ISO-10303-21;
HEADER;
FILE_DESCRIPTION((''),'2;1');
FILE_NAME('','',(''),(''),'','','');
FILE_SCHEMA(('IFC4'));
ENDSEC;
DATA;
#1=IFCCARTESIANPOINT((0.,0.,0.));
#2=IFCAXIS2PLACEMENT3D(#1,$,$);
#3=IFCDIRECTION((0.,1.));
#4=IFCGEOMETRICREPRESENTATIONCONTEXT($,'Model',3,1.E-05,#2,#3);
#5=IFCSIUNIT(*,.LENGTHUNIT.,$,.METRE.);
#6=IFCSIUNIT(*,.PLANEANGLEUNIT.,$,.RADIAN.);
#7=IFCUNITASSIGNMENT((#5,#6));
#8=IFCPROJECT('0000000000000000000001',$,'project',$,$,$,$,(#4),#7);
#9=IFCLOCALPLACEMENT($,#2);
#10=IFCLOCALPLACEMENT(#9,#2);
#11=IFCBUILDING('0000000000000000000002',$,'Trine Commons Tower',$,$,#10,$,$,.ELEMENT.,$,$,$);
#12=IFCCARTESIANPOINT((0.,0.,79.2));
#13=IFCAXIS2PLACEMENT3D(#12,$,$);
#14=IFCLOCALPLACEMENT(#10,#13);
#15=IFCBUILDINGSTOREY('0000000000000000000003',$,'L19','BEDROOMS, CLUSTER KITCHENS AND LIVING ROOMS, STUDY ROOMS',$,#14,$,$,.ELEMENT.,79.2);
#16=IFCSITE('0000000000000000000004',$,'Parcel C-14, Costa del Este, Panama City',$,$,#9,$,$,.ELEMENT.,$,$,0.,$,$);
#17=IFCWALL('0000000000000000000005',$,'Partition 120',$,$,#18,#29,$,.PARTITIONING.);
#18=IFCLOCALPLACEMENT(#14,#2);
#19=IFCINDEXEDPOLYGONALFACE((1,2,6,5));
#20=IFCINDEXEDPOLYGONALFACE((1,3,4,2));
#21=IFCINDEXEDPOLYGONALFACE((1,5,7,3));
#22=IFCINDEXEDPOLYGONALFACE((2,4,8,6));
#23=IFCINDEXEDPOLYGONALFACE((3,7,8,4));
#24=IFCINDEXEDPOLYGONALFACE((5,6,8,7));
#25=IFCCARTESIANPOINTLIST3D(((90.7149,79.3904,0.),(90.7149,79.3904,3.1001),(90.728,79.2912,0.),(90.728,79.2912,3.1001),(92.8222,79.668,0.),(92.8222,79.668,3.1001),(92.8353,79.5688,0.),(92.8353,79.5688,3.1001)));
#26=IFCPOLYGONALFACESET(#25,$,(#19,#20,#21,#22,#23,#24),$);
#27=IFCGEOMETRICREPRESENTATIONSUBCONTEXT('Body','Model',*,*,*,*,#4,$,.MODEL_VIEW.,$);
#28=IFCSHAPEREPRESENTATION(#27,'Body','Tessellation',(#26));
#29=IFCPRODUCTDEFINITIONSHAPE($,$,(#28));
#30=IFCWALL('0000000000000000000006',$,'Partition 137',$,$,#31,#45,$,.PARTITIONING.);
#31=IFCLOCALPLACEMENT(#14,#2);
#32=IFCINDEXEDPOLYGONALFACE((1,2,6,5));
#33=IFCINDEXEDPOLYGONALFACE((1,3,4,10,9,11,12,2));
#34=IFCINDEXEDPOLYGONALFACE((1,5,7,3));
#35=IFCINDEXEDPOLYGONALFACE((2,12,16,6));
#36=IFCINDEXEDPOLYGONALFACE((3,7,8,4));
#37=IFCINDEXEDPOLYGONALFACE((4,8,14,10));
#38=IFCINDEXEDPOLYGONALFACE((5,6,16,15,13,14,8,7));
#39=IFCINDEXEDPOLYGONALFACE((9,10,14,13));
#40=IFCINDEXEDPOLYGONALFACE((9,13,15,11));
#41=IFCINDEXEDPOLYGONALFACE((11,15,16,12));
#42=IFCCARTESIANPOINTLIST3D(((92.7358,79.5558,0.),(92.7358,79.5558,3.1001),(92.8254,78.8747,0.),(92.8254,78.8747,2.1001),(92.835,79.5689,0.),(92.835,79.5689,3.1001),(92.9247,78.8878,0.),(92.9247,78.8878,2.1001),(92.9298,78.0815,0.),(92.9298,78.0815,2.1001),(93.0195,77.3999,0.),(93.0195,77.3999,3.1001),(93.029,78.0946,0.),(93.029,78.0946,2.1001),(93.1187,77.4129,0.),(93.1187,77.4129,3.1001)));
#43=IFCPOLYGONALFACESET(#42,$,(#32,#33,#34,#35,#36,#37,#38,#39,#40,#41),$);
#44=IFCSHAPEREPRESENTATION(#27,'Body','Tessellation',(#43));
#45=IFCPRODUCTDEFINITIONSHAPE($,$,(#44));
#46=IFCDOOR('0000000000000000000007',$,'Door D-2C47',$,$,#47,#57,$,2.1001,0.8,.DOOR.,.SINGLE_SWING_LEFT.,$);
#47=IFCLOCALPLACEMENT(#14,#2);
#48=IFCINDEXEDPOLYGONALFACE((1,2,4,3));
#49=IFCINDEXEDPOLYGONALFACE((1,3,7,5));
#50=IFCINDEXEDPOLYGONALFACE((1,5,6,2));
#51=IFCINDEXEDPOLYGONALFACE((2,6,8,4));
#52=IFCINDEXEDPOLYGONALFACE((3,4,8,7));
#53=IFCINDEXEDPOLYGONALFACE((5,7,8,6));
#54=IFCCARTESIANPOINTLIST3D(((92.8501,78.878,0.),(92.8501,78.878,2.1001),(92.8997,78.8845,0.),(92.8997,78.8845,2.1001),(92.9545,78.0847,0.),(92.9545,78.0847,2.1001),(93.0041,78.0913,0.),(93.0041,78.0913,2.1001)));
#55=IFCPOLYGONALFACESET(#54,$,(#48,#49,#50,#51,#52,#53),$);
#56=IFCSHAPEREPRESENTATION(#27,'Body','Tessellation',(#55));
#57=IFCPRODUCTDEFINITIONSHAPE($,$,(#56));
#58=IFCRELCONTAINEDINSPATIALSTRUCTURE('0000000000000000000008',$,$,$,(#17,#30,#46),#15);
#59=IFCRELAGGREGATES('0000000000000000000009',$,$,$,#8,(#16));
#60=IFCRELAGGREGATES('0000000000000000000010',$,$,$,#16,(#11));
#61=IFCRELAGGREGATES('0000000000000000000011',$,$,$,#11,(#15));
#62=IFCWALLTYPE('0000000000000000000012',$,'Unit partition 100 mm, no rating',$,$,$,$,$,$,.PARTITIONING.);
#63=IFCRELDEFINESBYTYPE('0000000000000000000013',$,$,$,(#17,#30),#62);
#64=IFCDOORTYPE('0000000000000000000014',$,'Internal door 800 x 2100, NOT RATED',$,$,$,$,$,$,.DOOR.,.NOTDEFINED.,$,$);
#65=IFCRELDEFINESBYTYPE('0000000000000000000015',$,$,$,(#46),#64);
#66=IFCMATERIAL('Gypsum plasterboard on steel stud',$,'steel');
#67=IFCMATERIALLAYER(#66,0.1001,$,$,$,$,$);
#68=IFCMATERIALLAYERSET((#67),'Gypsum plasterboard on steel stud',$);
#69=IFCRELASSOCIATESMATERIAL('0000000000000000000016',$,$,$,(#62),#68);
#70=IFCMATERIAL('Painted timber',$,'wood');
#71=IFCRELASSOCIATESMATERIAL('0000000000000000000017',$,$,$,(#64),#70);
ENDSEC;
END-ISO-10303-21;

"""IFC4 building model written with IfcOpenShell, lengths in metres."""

from ifc_helpers import new_model, si_unit, direction, frame, frame_2d, origin, place, context, subcontext, project, spatial, rectangle, extrude, material, layer, layer_set, type_object, element, fill, save


model = new_model("IFC4")

# Units and contexts
model_context = context("Model", 3, precision=1e-05, world=origin(), true_north=direction((0.0, 1.0)))
body_context = subcontext(model_context, "Body", "Model", "MODEL_VIEW")
ifc_project = project(units=[si_unit("LENGTHUNIT", "METRE"), si_unit("PLANEANGLEUNIT", "RADIAN")], contexts=[model_context])

# Site, building, storey
site_placement = place(None, origin())
site = spatial("IfcSite", under=ifc_project, at=site_placement, Name="Parcel C-14, Costa del Este, Panama City", CompositionType="ELEMENT", RefElevation=0.0)
building_placement = place(site_placement, origin())
building = spatial("IfcBuilding", under=site, at=building_placement, Name="Trine Commons Tower", CompositionType="ELEMENT")
storey_placement = place(building_placement, frame((0.0, 0.0, 79.2)))
storey = spatial("IfcBuildingStorey", under=building, at=storey_placement, Name="L19", Description="BEDROOMS, CLUSTER KITCHENS AND LIVING ROOMS, STUDY ROOMS", CompositionType="ELEMENT", Elevation=79.2)

# Shared definitions
ifc_material_1 = material(Name="Gypsum plasterboard on steel stud", Category="steel")

# Shared definitions
ifc_material_2 = material(Name="Painted timber", Category="wood")

# Wall
ifc_layer_1 = layer(ifc_material_1, 0.1001)
ifc_layer_set_1 = layer_set([ifc_layer_1], Name="Gypsum plasterboard on steel stud")
wall_type_1 = type_object("IfcWallType", Name="Unit partition 100 mm, no rating", PredefinedType="PARTITIONING", material=ifc_layer_set_1)
wall_1_placement = place(storey_placement, frame((90.7214, 79.3408, 0.0), z_axis=(0.0, 0.0, 1.0), x_axis=(0.991434, 0.130606, 0.0)))
element("IfcWall", 1, at=wall_1_placement, inside=storey, type_object=wall_type_1, Name="Partition 120", PredefinedType="PARTITIONING", context=body_context, shape_type="SweptSolid", body=[
    extrude(rectangle(XDim=2.1255, YDim=0.1001, at=frame_2d((1.0627, 0.0))), origin(), (0.0, 0.0, 1.0), 3.1001),
])

# Wall, opening, door
wall_2_placement = place(storey_placement, frame((92.7854, 79.5625, 0.0), z_axis=(0.0, 0.0, 1.0), x_axis=(0.130457, -0.991454, 0.0)))
wall_2 = element("IfcWall", 2, at=wall_2_placement, inside=storey, type_object=wall_type_1, Name="Partition 137", PredefinedType="PARTITIONING", context=body_context, shape_type="SweptSolid", body=[
    extrude(rectangle(XDim=2.1746, YDim=0.1001, at=frame_2d((1.0874, 0.0))), origin(), (0.0, 0.0, 1.0), 3.1001),
])
opening_1_placement = place(wall_2_placement, frame((0.6873, 0.0, 0.0)))
opening_1 = element("IfcOpeningElement", 3, at=opening_1_placement, cuts=wall_2, PredefinedType="OPENING", context=body_context, shape_type="SweptSolid", body=[
    extrude(rectangle(XDim=0.8, YDim=2.1001, at=frame_2d((0.3999, 1.05))), frame((0.0, 0.0601, 0.0), z_axis=(0.0, -1.0, 0.0), x_axis=(1.0, 0.0, 0.0)), (0.0, 0.0, 1.0), 0.1201),
])
door_type_1 = type_object("IfcDoorType", Name="Internal door 800 x 2100, NOT RATED", OperationType="NOTDEFINED", PredefinedType="DOOR", material=ifc_material_2)
door_1_placement = place(opening_1_placement, origin())
door_1 = element("IfcDoor", 4, at=door_1_placement, inside=storey, type_object=door_type_1, Name="Door D-2C47", OperationType="SINGLE_SWING_LEFT", OverallHeight=2.1001, OverallWidth=0.8, PredefinedType="DOOR", context=body_context, shape_type="SweptSolid", body=[
    extrude(rectangle(XDim=0.8, YDim=2.1001, at=frame_2d((0.3999, 1.05))), frame((0.0, 0.0249, 0.0), z_axis=(0.0, -1.0, 0.0), x_axis=(1.0, 0.0, 0.0)), (0.0, 0.0, 1.0), 0.05),
])
fill(opening_1, door_1)

save(model, "model.ifc")
